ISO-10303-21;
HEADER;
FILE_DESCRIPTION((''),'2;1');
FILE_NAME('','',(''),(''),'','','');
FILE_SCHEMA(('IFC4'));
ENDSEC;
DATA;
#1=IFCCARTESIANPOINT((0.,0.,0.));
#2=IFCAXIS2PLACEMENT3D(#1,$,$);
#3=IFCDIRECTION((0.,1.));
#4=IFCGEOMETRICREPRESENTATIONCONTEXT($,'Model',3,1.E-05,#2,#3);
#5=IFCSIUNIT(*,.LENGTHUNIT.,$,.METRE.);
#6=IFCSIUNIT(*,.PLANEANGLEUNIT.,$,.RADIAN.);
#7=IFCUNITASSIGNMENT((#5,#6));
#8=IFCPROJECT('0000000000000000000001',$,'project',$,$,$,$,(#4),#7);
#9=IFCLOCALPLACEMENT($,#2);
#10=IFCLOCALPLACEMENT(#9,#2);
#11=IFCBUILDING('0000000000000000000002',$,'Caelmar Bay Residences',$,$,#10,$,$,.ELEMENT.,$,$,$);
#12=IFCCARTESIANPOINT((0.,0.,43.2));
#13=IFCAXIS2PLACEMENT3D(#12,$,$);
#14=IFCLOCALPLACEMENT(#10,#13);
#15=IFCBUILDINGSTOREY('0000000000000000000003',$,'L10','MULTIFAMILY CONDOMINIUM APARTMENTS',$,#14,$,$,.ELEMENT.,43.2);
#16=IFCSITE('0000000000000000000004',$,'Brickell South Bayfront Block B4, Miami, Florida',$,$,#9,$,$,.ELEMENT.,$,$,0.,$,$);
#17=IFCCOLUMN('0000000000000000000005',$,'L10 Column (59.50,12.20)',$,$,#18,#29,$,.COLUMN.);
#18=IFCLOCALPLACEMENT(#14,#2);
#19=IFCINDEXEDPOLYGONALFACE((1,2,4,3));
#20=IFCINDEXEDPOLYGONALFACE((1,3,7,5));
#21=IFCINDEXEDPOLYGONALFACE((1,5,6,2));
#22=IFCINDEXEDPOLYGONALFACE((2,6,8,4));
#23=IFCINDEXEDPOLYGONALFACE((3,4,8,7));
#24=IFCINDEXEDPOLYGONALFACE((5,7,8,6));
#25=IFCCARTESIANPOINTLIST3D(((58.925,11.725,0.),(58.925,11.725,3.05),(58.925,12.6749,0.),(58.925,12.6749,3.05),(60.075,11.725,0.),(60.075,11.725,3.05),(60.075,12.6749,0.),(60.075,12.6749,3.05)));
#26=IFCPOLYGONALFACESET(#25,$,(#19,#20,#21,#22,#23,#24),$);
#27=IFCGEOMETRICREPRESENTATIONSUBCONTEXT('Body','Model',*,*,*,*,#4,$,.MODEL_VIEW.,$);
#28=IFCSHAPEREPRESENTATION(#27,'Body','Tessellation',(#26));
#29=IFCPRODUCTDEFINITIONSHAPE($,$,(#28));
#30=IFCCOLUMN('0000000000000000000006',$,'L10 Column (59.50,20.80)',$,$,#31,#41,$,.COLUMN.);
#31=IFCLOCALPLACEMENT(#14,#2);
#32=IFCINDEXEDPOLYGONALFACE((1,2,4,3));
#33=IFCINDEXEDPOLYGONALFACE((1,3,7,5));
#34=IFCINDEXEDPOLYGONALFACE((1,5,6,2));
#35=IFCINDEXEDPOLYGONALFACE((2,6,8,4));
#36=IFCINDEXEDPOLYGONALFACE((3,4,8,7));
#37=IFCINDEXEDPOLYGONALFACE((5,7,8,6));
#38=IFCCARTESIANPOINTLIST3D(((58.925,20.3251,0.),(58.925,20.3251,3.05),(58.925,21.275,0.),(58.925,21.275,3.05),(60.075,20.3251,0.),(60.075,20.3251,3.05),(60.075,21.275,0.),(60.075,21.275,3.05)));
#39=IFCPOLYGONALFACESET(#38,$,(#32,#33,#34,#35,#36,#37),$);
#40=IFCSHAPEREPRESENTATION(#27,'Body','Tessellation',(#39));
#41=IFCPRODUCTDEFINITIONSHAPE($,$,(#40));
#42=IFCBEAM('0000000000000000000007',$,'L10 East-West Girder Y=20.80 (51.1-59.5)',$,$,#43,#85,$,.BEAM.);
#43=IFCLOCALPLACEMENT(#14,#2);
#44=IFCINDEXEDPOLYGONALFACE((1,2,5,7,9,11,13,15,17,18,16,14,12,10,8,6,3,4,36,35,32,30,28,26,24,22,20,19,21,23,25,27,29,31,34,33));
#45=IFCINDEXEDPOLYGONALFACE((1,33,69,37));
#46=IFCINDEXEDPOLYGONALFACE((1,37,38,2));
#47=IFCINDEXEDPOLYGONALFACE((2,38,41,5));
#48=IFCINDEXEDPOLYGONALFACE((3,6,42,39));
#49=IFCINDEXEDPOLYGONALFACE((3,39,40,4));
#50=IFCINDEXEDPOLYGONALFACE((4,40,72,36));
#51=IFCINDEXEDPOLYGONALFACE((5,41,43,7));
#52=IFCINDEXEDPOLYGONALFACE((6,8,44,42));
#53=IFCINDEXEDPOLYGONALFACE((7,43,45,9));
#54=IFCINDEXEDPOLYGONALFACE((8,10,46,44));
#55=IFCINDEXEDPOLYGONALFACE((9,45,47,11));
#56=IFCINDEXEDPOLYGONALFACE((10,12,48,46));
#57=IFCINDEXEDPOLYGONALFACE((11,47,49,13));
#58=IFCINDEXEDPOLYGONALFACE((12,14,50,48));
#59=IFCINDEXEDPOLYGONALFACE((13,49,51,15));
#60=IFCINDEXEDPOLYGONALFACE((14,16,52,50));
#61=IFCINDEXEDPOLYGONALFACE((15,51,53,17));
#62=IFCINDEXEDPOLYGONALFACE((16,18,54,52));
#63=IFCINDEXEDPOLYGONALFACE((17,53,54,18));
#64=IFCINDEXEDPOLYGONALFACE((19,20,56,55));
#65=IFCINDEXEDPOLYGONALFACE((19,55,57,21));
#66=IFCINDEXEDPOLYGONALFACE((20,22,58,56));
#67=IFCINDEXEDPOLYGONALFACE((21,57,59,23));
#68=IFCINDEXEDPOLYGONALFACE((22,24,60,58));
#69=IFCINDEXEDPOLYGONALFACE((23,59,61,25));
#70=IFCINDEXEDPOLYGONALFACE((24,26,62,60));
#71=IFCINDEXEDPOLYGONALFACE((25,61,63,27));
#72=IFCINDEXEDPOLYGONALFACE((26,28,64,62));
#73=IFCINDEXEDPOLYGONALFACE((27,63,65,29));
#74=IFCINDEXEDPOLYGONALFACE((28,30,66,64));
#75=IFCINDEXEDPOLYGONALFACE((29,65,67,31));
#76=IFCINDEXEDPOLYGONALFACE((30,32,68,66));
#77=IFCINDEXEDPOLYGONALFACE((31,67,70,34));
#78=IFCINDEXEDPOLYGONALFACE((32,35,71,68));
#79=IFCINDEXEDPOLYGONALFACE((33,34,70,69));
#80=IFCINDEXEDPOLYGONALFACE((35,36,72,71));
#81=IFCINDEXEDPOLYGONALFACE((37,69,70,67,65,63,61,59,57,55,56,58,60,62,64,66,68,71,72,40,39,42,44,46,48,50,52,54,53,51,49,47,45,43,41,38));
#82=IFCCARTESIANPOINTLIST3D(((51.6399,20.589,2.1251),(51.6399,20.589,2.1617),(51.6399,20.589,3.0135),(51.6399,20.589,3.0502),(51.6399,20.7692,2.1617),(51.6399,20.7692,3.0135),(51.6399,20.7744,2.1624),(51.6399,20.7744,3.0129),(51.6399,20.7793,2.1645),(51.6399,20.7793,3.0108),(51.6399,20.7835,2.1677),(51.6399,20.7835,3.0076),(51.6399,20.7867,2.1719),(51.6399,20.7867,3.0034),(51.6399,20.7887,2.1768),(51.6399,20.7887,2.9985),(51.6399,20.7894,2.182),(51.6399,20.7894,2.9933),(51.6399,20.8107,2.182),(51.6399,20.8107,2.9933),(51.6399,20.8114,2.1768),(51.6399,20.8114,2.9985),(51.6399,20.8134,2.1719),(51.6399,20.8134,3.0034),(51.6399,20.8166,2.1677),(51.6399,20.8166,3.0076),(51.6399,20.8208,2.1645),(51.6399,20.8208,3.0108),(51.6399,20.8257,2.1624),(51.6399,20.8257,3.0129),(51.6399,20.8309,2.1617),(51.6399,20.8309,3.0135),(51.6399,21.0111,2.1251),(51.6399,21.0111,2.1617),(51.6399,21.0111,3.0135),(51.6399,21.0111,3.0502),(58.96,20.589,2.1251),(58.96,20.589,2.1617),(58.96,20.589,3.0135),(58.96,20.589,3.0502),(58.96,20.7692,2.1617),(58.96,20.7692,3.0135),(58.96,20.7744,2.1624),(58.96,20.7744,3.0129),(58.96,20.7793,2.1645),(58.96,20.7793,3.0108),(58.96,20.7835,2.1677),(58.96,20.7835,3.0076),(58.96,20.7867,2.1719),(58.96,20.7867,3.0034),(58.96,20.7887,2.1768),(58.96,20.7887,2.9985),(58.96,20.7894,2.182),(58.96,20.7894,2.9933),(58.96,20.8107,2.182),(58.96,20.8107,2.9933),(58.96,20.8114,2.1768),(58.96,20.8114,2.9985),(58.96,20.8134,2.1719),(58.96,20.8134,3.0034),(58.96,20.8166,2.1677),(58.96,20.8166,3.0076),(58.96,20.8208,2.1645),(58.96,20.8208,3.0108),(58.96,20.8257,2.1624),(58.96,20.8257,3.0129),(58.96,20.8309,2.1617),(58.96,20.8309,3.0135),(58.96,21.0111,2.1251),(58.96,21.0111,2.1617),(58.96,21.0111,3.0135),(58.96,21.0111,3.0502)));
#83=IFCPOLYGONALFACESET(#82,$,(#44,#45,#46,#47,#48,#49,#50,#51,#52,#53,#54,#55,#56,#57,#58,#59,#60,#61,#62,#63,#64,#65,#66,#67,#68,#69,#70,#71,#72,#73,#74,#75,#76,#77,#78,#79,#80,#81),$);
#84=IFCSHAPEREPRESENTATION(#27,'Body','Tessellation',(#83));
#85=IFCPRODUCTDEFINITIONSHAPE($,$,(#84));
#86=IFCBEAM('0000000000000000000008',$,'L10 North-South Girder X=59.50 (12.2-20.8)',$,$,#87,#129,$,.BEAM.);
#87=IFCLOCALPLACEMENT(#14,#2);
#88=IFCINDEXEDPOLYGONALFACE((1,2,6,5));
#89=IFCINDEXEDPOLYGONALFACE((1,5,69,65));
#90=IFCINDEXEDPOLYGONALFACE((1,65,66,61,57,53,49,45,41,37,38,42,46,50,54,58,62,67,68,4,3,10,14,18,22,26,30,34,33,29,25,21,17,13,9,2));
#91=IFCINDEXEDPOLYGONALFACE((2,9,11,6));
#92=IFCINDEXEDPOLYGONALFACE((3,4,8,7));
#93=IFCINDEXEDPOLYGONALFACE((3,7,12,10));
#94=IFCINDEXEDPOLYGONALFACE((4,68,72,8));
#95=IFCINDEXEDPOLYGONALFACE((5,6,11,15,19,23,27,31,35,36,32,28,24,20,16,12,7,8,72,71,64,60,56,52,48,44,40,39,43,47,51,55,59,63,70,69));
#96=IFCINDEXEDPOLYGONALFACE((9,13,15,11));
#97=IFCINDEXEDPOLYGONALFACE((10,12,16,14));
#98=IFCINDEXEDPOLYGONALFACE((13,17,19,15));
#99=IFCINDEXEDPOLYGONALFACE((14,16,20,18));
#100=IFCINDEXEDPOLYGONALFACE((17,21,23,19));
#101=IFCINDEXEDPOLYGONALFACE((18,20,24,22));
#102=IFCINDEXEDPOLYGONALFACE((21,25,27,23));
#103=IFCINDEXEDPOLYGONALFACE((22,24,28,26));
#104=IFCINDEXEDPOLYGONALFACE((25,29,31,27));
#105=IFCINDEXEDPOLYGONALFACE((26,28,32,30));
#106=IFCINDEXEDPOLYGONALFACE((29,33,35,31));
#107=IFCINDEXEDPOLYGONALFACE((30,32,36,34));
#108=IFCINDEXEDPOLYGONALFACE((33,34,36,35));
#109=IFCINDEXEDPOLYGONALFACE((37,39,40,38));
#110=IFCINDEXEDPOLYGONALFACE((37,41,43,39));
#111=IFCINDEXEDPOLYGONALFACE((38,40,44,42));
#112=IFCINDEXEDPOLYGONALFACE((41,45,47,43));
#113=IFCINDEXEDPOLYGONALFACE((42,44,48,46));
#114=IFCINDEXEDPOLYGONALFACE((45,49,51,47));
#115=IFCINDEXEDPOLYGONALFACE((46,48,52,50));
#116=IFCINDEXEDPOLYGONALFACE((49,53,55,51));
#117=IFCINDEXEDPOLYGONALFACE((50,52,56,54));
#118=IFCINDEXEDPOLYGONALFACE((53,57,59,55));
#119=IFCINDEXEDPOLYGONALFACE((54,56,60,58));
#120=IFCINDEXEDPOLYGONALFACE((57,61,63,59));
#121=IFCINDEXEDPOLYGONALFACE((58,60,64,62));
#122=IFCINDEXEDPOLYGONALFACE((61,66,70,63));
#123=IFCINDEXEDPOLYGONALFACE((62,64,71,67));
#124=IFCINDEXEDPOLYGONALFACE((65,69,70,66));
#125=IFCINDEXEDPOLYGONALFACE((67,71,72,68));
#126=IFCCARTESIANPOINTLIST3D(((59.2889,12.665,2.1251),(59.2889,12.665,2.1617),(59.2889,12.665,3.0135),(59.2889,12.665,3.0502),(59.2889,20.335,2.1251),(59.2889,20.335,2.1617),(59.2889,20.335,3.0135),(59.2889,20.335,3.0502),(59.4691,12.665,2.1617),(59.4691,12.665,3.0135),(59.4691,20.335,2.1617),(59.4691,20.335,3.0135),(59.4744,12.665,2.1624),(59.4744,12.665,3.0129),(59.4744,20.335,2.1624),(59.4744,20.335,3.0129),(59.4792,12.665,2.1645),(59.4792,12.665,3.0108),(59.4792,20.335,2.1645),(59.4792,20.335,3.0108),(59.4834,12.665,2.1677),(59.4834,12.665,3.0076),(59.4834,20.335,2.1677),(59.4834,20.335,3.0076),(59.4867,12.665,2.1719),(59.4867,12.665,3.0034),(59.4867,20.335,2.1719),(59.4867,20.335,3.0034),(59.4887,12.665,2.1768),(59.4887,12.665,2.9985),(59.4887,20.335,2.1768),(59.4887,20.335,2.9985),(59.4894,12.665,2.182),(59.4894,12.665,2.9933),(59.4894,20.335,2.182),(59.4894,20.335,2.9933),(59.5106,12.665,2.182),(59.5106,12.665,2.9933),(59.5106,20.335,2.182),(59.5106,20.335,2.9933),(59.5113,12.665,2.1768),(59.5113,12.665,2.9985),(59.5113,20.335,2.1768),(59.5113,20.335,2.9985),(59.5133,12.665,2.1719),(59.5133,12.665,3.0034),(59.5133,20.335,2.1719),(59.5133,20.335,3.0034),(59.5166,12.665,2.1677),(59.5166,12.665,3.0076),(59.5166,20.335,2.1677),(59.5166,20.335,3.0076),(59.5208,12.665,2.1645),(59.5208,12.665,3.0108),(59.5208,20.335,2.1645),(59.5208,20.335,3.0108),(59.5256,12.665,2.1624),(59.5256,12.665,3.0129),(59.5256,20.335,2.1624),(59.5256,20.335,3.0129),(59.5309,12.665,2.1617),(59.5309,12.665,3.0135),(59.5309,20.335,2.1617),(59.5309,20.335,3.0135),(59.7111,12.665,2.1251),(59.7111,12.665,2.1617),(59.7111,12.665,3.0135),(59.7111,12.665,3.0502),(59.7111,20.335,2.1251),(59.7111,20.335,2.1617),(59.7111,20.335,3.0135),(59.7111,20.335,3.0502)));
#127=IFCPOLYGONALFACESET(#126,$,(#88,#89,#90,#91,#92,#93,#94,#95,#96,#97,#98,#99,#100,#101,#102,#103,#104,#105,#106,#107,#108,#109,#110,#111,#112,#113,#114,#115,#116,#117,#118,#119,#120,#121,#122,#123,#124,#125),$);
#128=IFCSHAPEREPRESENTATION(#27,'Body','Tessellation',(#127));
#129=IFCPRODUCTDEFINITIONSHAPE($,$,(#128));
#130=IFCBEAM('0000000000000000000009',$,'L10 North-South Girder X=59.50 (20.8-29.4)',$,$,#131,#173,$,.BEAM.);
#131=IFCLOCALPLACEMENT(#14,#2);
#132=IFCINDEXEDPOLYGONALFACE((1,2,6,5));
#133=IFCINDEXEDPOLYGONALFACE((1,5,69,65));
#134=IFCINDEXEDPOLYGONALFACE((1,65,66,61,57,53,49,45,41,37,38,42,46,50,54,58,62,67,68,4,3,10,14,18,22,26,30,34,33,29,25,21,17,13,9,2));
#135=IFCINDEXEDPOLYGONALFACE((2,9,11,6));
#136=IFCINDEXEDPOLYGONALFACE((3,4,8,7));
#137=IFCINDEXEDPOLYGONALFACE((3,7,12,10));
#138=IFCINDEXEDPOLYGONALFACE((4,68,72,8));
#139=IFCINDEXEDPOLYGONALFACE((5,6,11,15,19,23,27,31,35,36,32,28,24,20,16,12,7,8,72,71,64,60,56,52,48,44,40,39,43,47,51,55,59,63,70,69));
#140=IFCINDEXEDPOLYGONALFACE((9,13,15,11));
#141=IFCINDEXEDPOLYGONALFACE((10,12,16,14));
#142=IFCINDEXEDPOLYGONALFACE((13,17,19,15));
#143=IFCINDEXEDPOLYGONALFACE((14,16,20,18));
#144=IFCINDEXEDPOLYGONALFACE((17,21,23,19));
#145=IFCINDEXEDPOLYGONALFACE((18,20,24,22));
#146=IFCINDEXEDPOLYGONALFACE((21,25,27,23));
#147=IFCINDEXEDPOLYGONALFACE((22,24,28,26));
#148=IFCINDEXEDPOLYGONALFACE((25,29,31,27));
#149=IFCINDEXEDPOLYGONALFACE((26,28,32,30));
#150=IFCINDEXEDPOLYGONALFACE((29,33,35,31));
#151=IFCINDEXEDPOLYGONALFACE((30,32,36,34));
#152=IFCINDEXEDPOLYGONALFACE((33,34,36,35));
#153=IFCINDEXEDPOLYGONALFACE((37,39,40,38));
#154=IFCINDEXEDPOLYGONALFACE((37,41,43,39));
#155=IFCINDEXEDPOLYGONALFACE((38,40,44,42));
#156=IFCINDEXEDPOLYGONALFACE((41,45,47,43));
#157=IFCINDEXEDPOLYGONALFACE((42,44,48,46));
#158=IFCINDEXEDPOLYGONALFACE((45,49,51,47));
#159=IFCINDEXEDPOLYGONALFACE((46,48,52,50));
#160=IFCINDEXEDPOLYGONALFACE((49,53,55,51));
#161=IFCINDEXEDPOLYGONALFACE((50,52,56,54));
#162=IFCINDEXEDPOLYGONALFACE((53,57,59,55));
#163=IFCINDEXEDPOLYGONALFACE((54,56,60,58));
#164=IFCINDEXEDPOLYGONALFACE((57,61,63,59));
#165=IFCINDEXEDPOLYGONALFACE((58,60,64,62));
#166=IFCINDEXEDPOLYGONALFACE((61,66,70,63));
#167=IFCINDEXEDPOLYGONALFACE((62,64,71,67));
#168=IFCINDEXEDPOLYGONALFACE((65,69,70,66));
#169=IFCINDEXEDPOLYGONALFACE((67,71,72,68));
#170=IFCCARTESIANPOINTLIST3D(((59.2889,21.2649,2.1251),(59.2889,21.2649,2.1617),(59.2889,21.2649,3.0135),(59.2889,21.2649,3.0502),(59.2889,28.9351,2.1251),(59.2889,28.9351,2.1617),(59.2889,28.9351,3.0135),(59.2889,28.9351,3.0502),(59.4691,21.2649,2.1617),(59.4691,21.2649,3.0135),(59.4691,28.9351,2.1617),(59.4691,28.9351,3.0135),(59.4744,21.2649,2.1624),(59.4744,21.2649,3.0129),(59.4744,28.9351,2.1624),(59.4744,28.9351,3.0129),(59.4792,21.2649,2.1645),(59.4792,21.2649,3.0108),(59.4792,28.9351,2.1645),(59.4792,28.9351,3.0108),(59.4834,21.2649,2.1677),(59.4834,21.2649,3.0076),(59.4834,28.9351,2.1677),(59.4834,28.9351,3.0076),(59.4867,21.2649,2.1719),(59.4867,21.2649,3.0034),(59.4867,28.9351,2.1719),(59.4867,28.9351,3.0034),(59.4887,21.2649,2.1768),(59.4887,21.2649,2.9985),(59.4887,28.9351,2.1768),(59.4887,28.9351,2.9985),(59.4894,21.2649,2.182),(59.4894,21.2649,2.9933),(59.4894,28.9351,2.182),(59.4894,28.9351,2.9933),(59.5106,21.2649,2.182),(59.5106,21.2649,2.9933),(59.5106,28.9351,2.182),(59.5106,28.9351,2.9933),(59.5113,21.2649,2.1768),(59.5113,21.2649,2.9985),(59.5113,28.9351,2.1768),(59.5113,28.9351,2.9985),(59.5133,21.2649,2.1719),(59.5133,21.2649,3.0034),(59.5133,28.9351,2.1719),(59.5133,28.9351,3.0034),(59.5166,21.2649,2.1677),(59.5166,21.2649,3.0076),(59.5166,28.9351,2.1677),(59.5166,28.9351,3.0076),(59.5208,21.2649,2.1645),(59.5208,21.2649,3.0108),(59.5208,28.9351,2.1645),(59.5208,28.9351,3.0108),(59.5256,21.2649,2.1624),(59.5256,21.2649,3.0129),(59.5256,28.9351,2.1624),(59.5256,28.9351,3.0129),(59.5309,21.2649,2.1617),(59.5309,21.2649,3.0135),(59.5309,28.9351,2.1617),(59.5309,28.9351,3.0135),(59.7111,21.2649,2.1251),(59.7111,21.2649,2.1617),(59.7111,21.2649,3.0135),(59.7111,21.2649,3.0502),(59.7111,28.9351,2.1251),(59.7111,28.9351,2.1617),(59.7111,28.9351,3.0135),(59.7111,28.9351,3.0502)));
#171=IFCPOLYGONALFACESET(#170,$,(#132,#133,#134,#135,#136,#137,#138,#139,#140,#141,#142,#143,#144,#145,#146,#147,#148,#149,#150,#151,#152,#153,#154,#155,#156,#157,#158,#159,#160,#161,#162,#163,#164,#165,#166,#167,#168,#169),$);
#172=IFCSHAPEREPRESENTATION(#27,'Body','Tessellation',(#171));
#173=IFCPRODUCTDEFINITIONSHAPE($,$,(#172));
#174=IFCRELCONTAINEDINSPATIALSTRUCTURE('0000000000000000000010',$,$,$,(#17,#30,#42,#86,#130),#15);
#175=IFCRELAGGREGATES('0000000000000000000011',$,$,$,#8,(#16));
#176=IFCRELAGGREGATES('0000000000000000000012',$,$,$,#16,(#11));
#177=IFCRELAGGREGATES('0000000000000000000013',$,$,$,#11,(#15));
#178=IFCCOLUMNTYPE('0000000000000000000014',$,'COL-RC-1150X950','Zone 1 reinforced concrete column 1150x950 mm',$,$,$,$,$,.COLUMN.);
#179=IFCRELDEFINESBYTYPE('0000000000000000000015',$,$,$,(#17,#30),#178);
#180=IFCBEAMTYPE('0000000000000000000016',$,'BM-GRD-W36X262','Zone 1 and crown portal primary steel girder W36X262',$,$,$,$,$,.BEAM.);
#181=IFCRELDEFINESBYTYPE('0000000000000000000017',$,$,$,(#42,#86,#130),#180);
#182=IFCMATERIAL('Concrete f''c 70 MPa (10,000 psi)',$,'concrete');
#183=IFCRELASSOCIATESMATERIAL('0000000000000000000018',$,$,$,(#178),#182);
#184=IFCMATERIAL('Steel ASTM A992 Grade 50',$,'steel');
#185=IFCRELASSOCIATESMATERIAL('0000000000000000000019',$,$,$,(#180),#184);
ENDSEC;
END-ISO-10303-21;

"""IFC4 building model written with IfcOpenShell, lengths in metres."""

from ifc_helpers import new_model, si_unit, direction, frame, origin, origin_2d, place, context, subcontext, project, spatial, rectangle, i_section, extrude, material, material_profile, profile_set, type_object, element, save


model = new_model("IFC4")

# Units and contexts
model_context = context("Model", 3, precision=1e-05, world=origin(), true_north=direction((0.0, 1.0)))
body_context = subcontext(model_context, "Body", "Model", "MODEL_VIEW")
ifc_project = project(units=[si_unit("LENGTHUNIT", "METRE"), si_unit("PLANEANGLEUNIT", "RADIAN")], contexts=[model_context])

# Site, building, storey
site_placement = place(None, origin())
site = spatial("IfcSite", under=ifc_project, at=site_placement, Name="Brickell South Bayfront Block B4, Miami, Florida", CompositionType="ELEMENT", RefElevation=0.0)
building_placement = place(site_placement, origin())
building = spatial("IfcBuilding", under=site, at=building_placement, Name="Caelmar Bay Residences", CompositionType="ELEMENT")
storey_placement = place(building_placement, frame((0.0, 0.0, 43.2)))
storey = spatial("IfcBuildingStorey", under=building, at=storey_placement, Name="L10", Description="MULTIFAMILY CONDOMINIUM APARTMENTS", CompositionType="ELEMENT", Elevation=43.2)

# Columns
ifc_material_1 = material(Name="Concrete f'c 70 MPa (10,000 psi)", Category="concrete")
ifc_material_profile_1 = material_profile(ifc_material_1, rectangle(XDim=1.1499, YDim=0.95, at=origin_2d()), Name="RC-COL-1150X950")
ifc_profile_set_1 = profile_set([ifc_material_profile_1], Name="Concrete f'c 70 MPa (10,000 psi)")
column_type = type_object("IfcColumnType", Name="COL-RC-1150X950", Description="Zone 1 reinforced concrete column 1150x950 mm", PredefinedType="COLUMN", material=ifc_profile_set_1)
for number, where, z_axis, x_axis, name in (
    (1, (59.5, 12.2, 0.0), (0.0, 0.0, 1.0), (1.0, 0.0, 0.0), "L10 Column (59.50,12.20)"),
    (2, (59.5, 20.8, 0.0), (0.0, 0.0, 1.0), (1.0, 0.0, 0.0), "L10 Column (59.50,20.80)"),
):
    element("IfcColumn", number, at=place(storey_placement, frame(where, z_axis=z_axis, x_axis=x_axis)), inside=storey, type_object=column_type, Name=name, PredefinedType="COLUMN", context=body_context, shape_type="SweptSolid", body=[
        extrude(rectangle(XDim=1.1499, YDim=0.95, at=origin_2d()), origin(), (0.0, 0.0, 1.0), 3.05),
    ])

# Beams
ifc_material_2 = material(Name="Steel ASTM A992 Grade 50", Category="steel")
ifc_material_profile_2 = material_profile(ifc_material_2, i_section(OverallWidth=0.4221, OverallDepth=0.925, WebThickness=0.0212, FlangeThickness=0.0366, FilletRadius=0.0203, at=origin_2d()), Name="W36X262")
ifc_profile_set_2 = profile_set([ifc_material_profile_2], Name="Steel ASTM A992 Grade 50")
beam_type_1 = type_object("IfcBeamType", Name="BM-GRD-W36X262", Description="Zone 1 and crown portal primary steel girder W36X262", PredefinedType="BEAM", material=ifc_profile_set_2)
beam_1_placement = place(storey_placement, frame((51.6399, 20.8, 2.5876), z_axis=(1.0, 0.0, 0.0), x_axis=(0.0, 1.0, 0.0)))
element("IfcBeam", 3, at=beam_1_placement, inside=storey, type_object=beam_type_1, Name="L10 East-West Girder Y=20.80 (51.1-59.5)", PredefinedType="BEAM", context=body_context, shape_type="SweptSolid", body=[
    extrude(i_section(OverallWidth=0.4221, OverallDepth=0.925, WebThickness=0.0212, FlangeThickness=0.0366, FilletRadius=0.0203, at=origin_2d()), origin(), (0.0, 0.0, 1.0), 7.3201),
])
beam_2_placement = place(storey_placement, frame((59.5, 12.665, 2.5876), z_axis=(0.0, 1.0, 0.0), x_axis=(-1.0, 0.0, 0.0)))
element("IfcBeam", 4, at=beam_2_placement, inside=storey, type_object=beam_type_1, Name="L10 North-South Girder X=59.50 (12.2-20.8)", PredefinedType="BEAM", context=body_context, shape_type="SweptSolid", body=[
    extrude(i_section(OverallWidth=0.4221, OverallDepth=0.925, WebThickness=0.0212, FlangeThickness=0.0366, FilletRadius=0.0203, at=origin_2d()), origin(), (0.0, 0.0, 1.0), 7.6699),
])
beam_3_placement = place(storey_placement, frame((59.5, 21.2649, 2.5876), z_axis=(0.0, 1.0, 0.0), x_axis=(-1.0, 0.0, 0.0)))
element("IfcBeam", 5, at=beam_3_placement, inside=storey, type_object=beam_type_1, Name="L10 North-South Girder X=59.50 (20.8-29.4)", PredefinedType="BEAM", context=body_context, shape_type="SweptSolid", body=[
    extrude(i_section(OverallWidth=0.4221, OverallDepth=0.925, WebThickness=0.0212, FlangeThickness=0.0366, FilletRadius=0.0203, at=origin_2d()), origin(), (0.0, 0.0, 1.0), 7.6702),
])

save(model, "model.ifc")
